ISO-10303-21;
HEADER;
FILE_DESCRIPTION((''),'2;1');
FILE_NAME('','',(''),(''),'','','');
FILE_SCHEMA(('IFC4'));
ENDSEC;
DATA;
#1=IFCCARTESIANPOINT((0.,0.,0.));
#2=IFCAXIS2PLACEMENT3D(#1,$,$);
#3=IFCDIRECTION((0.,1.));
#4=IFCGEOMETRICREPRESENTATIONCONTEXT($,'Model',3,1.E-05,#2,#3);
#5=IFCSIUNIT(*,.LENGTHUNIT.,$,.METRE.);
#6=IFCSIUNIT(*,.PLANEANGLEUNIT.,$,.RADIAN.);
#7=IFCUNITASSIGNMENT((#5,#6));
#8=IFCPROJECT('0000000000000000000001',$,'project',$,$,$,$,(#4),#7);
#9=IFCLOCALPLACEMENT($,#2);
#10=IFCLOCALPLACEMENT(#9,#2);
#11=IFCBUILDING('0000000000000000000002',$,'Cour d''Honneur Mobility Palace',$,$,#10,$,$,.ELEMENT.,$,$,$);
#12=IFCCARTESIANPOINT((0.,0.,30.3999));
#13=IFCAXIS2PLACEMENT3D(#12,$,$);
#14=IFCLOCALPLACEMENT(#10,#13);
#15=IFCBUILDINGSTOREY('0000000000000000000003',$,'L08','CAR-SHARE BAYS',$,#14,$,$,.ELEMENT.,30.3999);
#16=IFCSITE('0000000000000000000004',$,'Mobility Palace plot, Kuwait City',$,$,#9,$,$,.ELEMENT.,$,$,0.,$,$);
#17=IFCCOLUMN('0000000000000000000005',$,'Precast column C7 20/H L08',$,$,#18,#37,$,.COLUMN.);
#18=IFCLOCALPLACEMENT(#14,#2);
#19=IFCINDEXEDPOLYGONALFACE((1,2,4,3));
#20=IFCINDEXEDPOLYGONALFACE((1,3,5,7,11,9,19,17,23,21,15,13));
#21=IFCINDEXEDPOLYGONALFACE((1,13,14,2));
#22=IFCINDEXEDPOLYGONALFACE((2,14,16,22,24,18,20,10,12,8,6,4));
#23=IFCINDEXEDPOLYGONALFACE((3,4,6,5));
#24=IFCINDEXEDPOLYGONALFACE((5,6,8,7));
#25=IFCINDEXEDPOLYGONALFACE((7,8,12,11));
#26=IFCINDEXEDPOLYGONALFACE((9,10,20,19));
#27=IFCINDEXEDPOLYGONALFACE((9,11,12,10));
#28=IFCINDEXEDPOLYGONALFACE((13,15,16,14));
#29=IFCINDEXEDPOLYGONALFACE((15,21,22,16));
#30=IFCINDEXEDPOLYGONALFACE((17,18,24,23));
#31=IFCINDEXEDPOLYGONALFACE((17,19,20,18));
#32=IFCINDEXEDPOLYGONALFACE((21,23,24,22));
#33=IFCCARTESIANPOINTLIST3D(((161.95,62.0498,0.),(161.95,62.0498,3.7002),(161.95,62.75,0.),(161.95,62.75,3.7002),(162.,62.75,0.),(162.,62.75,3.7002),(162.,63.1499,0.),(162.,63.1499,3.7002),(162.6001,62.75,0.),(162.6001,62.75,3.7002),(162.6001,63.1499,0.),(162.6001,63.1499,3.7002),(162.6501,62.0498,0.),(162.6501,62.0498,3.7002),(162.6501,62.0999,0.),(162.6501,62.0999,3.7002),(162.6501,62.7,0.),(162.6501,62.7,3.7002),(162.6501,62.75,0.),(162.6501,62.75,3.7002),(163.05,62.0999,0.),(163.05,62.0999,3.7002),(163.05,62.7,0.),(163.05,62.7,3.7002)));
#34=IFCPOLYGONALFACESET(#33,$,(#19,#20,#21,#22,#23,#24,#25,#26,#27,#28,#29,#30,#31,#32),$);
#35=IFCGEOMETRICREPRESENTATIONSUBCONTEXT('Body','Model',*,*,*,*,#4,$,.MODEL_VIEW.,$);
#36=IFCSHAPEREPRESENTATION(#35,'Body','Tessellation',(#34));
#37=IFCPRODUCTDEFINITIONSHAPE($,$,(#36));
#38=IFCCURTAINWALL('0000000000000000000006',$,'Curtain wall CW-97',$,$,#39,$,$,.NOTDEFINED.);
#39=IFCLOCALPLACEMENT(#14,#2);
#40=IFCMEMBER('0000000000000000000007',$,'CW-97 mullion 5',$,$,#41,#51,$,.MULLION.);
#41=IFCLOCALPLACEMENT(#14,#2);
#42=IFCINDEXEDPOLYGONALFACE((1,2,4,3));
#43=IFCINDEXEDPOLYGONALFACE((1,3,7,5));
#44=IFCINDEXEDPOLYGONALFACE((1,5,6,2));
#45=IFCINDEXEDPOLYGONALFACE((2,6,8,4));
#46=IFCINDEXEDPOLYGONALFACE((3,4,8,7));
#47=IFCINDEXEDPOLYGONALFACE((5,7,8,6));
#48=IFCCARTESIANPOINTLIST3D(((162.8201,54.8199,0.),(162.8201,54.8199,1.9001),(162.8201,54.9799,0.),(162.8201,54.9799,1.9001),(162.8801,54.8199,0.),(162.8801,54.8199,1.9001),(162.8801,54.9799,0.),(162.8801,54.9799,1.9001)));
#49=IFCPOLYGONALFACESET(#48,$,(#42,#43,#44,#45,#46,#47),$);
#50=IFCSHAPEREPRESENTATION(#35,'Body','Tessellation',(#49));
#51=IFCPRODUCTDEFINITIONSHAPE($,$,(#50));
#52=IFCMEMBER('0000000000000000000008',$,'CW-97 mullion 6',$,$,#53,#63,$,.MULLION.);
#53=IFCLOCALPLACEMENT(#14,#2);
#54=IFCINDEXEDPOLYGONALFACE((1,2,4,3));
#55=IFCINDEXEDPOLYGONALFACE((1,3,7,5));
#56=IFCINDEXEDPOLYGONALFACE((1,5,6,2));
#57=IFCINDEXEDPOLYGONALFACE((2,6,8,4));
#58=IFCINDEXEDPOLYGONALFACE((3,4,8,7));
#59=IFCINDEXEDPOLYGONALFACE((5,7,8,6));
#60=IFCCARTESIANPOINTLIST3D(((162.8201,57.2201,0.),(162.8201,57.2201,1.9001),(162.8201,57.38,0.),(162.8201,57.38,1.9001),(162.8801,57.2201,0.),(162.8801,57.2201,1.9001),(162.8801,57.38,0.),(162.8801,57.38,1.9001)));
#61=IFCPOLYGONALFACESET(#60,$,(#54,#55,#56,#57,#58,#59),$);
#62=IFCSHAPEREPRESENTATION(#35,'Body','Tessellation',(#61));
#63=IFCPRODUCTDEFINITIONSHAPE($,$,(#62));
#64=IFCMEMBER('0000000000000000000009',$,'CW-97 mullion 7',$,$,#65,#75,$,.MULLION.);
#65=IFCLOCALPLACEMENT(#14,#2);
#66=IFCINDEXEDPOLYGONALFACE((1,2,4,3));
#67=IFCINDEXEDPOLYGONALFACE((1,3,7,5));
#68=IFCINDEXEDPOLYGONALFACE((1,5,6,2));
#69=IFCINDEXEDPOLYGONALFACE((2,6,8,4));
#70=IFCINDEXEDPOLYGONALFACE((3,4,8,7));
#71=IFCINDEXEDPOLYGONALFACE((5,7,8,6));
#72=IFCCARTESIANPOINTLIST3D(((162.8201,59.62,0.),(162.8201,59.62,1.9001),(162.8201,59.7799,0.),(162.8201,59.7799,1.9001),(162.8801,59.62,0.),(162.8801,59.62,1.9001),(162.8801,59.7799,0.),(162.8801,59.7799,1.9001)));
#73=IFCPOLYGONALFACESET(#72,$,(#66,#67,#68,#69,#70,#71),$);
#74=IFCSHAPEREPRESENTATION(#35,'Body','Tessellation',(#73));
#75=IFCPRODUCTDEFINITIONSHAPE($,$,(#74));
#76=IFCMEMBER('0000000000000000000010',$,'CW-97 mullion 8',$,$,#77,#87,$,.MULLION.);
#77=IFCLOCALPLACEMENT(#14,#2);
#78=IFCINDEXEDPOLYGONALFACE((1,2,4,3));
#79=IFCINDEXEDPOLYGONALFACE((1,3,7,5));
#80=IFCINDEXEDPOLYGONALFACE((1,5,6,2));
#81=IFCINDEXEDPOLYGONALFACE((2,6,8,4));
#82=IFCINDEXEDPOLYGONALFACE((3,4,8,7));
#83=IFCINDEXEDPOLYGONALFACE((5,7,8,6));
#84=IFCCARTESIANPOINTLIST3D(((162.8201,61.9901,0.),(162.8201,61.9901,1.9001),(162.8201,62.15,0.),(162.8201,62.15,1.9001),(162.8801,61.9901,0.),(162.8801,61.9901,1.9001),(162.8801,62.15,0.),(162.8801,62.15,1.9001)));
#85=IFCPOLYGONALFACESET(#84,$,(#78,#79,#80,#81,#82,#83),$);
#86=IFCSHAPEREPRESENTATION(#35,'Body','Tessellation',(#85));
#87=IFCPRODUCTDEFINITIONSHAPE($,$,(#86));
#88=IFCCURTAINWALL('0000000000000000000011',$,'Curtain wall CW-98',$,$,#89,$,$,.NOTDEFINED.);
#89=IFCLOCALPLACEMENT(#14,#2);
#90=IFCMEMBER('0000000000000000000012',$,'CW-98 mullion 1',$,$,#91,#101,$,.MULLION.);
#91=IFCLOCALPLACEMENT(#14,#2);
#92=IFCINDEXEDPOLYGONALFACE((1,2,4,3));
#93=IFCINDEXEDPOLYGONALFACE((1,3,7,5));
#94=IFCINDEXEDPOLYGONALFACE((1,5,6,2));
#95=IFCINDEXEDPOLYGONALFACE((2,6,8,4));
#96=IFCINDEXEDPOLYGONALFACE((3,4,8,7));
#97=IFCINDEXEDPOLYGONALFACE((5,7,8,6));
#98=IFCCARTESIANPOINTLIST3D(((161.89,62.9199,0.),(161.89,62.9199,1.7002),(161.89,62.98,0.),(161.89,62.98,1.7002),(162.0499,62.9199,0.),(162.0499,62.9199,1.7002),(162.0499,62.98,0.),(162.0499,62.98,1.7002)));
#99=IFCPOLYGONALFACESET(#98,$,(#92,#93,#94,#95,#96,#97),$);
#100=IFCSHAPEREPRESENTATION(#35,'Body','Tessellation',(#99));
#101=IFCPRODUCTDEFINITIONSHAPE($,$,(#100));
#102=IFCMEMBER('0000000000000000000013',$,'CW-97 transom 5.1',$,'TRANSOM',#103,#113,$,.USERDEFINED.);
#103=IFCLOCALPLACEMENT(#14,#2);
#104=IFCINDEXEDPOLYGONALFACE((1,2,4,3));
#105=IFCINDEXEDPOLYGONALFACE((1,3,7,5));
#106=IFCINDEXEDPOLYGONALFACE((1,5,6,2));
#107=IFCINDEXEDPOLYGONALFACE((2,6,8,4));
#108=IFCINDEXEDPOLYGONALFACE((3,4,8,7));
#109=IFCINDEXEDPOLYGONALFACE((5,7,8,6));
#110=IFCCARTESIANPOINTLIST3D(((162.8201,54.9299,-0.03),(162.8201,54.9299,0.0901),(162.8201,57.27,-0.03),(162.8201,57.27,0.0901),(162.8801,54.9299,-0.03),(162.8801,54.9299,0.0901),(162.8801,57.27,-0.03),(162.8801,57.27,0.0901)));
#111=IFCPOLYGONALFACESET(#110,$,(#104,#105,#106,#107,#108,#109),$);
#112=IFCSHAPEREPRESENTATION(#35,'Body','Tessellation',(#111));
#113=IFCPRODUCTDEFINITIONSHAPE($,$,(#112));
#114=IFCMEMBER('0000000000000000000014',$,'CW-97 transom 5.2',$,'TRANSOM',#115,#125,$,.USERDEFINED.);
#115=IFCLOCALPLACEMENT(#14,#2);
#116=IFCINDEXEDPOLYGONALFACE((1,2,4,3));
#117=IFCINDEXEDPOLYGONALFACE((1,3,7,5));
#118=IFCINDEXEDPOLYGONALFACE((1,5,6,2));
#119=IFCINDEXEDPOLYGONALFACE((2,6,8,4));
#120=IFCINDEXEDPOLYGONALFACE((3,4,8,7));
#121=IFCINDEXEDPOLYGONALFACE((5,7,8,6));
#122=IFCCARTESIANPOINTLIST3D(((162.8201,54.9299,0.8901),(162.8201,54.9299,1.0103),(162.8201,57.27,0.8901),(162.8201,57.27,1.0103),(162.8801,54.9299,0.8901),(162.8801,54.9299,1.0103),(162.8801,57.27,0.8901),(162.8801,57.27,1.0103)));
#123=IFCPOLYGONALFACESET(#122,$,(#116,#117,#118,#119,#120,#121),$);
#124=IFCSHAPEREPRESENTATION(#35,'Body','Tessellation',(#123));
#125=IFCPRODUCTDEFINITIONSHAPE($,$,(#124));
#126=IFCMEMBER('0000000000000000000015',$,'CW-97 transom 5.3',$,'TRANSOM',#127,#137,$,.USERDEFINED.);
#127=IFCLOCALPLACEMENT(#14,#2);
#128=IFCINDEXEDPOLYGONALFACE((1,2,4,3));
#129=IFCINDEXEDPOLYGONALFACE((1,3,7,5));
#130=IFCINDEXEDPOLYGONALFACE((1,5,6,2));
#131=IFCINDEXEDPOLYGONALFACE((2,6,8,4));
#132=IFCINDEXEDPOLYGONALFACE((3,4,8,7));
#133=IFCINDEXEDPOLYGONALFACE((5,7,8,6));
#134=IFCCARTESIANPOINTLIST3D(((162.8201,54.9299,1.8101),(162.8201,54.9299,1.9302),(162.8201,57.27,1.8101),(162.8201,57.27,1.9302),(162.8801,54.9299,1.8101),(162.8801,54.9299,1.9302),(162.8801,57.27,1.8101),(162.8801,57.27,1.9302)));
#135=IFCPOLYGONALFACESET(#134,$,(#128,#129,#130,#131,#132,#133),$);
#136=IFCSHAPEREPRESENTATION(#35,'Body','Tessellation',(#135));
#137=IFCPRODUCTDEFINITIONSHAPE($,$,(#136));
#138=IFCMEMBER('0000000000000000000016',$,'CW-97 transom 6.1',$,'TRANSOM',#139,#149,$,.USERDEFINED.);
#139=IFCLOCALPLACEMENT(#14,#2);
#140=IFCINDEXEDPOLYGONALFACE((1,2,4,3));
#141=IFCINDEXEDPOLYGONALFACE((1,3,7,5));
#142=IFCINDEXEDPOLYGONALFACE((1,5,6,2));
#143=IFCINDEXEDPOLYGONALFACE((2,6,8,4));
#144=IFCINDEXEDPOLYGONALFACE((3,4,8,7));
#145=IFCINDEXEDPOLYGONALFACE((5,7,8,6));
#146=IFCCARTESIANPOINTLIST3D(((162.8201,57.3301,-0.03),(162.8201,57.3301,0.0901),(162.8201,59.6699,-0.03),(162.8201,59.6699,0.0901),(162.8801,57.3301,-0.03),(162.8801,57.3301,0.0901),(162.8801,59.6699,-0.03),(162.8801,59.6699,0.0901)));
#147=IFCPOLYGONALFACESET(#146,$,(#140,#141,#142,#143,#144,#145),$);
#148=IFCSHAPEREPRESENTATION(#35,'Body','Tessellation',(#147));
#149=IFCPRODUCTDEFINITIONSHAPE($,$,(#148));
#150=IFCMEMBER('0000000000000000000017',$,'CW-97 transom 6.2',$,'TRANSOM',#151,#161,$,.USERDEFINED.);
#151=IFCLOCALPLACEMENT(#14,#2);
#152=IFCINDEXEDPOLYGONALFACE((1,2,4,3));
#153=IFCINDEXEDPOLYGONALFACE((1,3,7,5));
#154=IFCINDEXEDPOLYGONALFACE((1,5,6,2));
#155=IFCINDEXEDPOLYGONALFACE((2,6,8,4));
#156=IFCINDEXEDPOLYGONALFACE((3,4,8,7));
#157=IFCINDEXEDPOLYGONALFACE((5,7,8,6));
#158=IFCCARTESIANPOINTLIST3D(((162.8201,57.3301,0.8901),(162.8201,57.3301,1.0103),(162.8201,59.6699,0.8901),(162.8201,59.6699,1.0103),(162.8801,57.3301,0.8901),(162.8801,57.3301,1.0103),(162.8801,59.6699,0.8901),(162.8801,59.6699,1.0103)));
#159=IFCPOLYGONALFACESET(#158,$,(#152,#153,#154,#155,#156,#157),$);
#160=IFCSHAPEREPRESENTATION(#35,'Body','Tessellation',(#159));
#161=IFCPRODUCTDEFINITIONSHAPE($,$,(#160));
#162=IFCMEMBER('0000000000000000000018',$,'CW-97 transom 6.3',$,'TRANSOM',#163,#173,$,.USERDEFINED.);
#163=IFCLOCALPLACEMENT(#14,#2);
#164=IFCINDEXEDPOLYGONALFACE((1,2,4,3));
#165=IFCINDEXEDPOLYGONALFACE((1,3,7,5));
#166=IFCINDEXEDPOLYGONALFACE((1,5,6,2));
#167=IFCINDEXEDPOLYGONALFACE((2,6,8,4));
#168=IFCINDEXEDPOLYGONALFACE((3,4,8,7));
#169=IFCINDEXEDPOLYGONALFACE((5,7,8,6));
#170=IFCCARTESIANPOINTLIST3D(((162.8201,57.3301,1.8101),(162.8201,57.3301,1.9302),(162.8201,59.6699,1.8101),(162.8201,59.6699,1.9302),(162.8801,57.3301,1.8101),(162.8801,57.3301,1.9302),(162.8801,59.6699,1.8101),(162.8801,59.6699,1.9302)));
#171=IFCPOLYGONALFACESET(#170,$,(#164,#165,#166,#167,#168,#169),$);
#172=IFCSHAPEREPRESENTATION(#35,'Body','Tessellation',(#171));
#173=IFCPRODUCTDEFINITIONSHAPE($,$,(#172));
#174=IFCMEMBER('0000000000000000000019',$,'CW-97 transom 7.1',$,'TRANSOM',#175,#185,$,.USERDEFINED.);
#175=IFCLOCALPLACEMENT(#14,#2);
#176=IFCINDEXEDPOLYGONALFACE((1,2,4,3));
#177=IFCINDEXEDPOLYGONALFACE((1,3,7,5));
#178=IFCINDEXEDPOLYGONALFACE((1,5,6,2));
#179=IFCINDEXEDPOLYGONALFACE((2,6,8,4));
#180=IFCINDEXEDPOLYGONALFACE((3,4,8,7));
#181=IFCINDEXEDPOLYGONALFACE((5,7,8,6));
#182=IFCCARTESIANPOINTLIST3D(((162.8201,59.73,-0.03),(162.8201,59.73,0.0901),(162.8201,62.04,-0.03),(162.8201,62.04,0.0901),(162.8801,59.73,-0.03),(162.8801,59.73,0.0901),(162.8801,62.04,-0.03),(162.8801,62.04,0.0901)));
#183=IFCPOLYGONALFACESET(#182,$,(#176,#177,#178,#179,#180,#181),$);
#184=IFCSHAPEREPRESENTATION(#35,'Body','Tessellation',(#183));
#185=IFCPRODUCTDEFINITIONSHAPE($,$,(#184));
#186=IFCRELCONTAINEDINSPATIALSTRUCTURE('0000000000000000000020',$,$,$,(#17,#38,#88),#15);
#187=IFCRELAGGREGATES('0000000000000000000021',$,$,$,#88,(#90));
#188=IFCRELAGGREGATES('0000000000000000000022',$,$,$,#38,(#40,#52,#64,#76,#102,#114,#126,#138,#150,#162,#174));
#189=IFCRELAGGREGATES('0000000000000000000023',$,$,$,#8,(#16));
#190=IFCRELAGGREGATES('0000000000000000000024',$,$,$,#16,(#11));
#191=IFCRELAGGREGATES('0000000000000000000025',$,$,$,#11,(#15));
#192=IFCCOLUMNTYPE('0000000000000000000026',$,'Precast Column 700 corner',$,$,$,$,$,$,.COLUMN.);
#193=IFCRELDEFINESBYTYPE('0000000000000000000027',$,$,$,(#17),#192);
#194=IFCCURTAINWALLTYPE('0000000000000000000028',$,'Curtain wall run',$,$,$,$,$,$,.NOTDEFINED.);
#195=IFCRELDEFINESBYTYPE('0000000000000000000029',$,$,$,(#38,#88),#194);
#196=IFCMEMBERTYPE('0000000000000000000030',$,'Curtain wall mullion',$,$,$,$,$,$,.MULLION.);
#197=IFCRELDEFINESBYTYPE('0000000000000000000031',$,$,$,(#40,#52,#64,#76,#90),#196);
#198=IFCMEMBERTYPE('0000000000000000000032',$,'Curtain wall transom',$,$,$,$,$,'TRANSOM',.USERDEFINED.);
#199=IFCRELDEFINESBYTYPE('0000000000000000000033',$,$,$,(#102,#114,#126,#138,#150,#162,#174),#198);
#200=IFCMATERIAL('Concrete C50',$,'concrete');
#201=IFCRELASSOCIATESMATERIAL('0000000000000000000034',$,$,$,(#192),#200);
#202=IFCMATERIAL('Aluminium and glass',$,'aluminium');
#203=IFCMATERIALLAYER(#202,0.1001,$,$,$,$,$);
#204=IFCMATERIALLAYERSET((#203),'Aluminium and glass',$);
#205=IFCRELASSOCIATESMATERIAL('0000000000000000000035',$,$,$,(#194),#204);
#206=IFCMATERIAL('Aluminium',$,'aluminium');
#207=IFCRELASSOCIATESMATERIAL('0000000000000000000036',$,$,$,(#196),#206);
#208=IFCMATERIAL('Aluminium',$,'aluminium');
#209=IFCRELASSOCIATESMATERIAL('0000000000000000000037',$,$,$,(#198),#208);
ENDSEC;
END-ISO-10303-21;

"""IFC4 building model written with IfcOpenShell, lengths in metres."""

from ifc_helpers import new_model, si_unit, direction, frame, origin, origin_2d, place, context, subcontext, project, spatial, polyline, rectangle, outline, extrude, material, layer, layer_set, material_profile, profile_set, type_object, element, aggregate, save


model = new_model("IFC4")

# Units and contexts
model_context = context("Model", 3, precision=1e-05, world=origin(), true_north=direction((0.0, 1.0)))
body_context = subcontext(model_context, "Body", "Model", "MODEL_VIEW")
ifc_project = project(units=[si_unit("LENGTHUNIT", "METRE"), si_unit("PLANEANGLEUNIT", "RADIAN")], contexts=[model_context])

# Site, building, storey
site_placement = place(None, origin())
site = spatial("IfcSite", under=ifc_project, at=site_placement, Name="Mobility Palace plot, Kuwait City", CompositionType="ELEMENT", RefElevation=0.0)
building_placement = place(site_placement, origin())
building = spatial("IfcBuilding", under=site, at=building_placement, Name="Cour d'Honneur Mobility Palace", CompositionType="ELEMENT")
storey_placement = place(building_placement, frame((0.0, 0.0, 30.3999)))
storey = spatial("IfcBuildingStorey", under=building, at=storey_placement, Name="L08", Description="CAR-SHARE BAYS", CompositionType="ELEMENT", Elevation=30.3999)

# Column
ifc_material_1 = material(Name="Concrete C50", Category="concrete")
ifc_material_profile_1 = material_profile(ifc_material_1, outline(polyline([(-0.3501, -0.3501), (0.3501, -0.3501), (0.3501, -0.3), (0.75, -0.3), (0.75, 0.3), (0.3501, 0.3), (0.3501, 0.3501), (0.3, 0.3501), (0.3, 0.75), (-0.3, 0.75), (-0.3, 0.3501), (-0.3501, 0.3501), (-0.3501, -0.3501)])), Name="PC C700 corner")
ifc_profile_set_1 = profile_set([ifc_material_profile_1], Name="Concrete C50")
column_type = type_object("IfcColumnType", Name="Precast Column 700 corner", PredefinedType="COLUMN", material=ifc_profile_set_1)
column_placement = place(storey_placement, frame((162.3, 62.3999, 0.0), z_axis=(0.0, 0.0, 1.0), x_axis=(1.0, 0.0, 0.0)))
element("IfcColumn", 1, at=column_placement, inside=storey, type_object=column_type, Name="Precast column C7 20/H L08", PredefinedType="COLUMN", context=body_context, shape_type="SweptSolid", body=[
    extrude(outline(polyline([(-0.3501, -0.3501), (0.3501, -0.3501), (0.3501, -0.3), (0.75, -0.3), (0.75, 0.3), (0.3501, 0.3), (0.3501, 0.3501), (0.3, 0.3501), (0.3, 0.75), (-0.3, 0.75), (-0.3, 0.3501), (-0.3501, 0.3501), (-0.3501, -0.3501)])), origin(), (0.0, 0.0, 1.0), 3.7002),
])

# Curtain wall, members
ifc_material_2 = material(Name="Aluminium and glass", Category="aluminium")
ifc_layer_1 = layer(ifc_material_2, 0.1001)
ifc_layer_set_1 = layer_set([ifc_layer_1], Name="Aluminium and glass")
curtain_wall_type = type_object("IfcCurtainWallType", Name="Curtain wall run", PredefinedType="NOTDEFINED", material=ifc_layer_set_1)
curtain_wall_1_placement = place(storey_placement, origin())
curtain_wall_1 = element("IfcCurtainWall", 2, at=curtain_wall_1_placement, inside=storey, type_object=curtain_wall_type, Name="Curtain wall CW-97", PredefinedType="NOTDEFINED")
ifc_material_3 = material(Name="Aluminium", Category="aluminium")
ifc_material_profile_2 = material_profile(ifc_material_3, rectangle(XDim=0.0601, YDim=0.1599, at=origin_2d()), Name="Curtain wall mullion")
ifc_profile_set_2 = profile_set([ifc_material_profile_2], Name="Aluminium")
member_type_1 = type_object("IfcMemberType", Name="Curtain wall mullion", PredefinedType="MULLION", material=ifc_profile_set_2)
member_1_placement = place(storey_placement, frame((162.8501, 54.8999, 0.0), z_axis=(0.0, 0.0, 1.0), x_axis=(-1.0, 0.0, 0.0)))
member_1 = element("IfcMember", 3, at=member_1_placement, type_object=member_type_1, Name="CW-97 mullion 5", PredefinedType="MULLION", context=body_context, shape_type="SweptSolid", body=[
    extrude(rectangle(XDim=0.0601, YDim=0.1599, at=origin_2d()), origin(), (0.0, 0.0, 1.0), 1.9001),
])
member_2_placement = place(storey_placement, frame((162.8501, 57.3, 0.0), z_axis=(0.0, 0.0, 1.0), x_axis=(-1.0, 0.0, 0.0)))
member_2 = element("IfcMember", 4, at=member_2_placement, type_object=member_type_1, Name="CW-97 mullion 6", PredefinedType="MULLION", context=body_context, shape_type="SweptSolid", body=[
    extrude(rectangle(XDim=0.0601, YDim=0.1599, at=origin_2d()), origin(), (0.0, 0.0, 1.0), 1.9001),
])
member_3_placement = place(storey_placement, frame((162.8501, 59.7, 0.0), z_axis=(0.0, 0.0, 1.0), x_axis=(-1.0, 0.0, 0.0)))
member_3 = element("IfcMember", 5, at=member_3_placement, type_object=member_type_1, Name="CW-97 mullion 7", PredefinedType="MULLION", context=body_context, shape_type="SweptSolid", body=[
    extrude(rectangle(XDim=0.0601, YDim=0.1599, at=origin_2d()), origin(), (0.0, 0.0, 1.0), 1.9001),
])
member_4_placement = place(storey_placement, frame((162.8501, 62.0701, 0.0), z_axis=(0.0, 0.0, 1.0), x_axis=(-1.0, 0.0, 0.0)))
member_4 = element("IfcMember", 6, at=member_4_placement, type_object=member_type_1, Name="CW-97 mullion 8", PredefinedType="MULLION", context=body_context, shape_type="SweptSolid", body=[
    extrude(rectangle(XDim=0.0601, YDim=0.1599, at=origin_2d()), origin(), (0.0, 0.0, 1.0), 1.9001),
])

# Curtain wall, member
curtain_wall_2_placement = place(storey_placement, origin())
curtain_wall_2 = element("IfcCurtainWall", 7, at=curtain_wall_2_placement, inside=storey, type_object=curtain_wall_type, Name="Curtain wall CW-98", PredefinedType="NOTDEFINED")
member_5_placement = place(storey_placement, frame((161.97, 62.95, 0.0), z_axis=(0.0, 0.0, 1.0), x_axis=(0.0, -1.0, 0.0)))
member_5 = element("IfcMember", 8, at=member_5_placement, type_object=member_type_1, Name="CW-98 mullion 1", PredefinedType="MULLION", context=body_context, shape_type="SweptSolid", body=[
    extrude(rectangle(XDim=0.0601, YDim=0.1599, at=origin_2d()), origin(), (0.0, 0.0, 1.0), 1.7002),
])

# Members
ifc_material_4 = material(Name="Aluminium", Category="aluminium")
ifc_material_profile_3 = material_profile(ifc_material_4, rectangle(XDim=0.0601, YDim=0.1201, at=origin_2d()), Name="Curtain wall transom")
ifc_profile_set_3 = profile_set([ifc_material_profile_3], Name="Aluminium")
member_type_2 = type_object("IfcMemberType", Name="Curtain wall transom", ElementType="TRANSOM", PredefinedType="USERDEFINED", material=ifc_profile_set_3)
member_6_placement = place(storey_placement, frame((162.8501, 54.9299, 0.03), z_axis=(0.0, 1.0, 0.0), x_axis=(-1.0, 0.0, 0.0)))
member_6 = element("IfcMember", 9, at=member_6_placement, type_object=member_type_2, Name="CW-97 transom 5.1", ObjectType="TRANSOM", PredefinedType="USERDEFINED", context=body_context, shape_type="SweptSolid", body=[
    extrude(rectangle(XDim=0.0601, YDim=0.1201, at=origin_2d()), origin(), (0.0, 0.0, 1.0), 2.3401),
])
member_7_placement = place(storey_placement, frame((162.8501, 54.9299, 0.9502), z_axis=(0.0, 1.0, 0.0), x_axis=(-1.0, 0.0, 0.0)))
member_7 = element("IfcMember", 10, at=member_7_placement, type_object=member_type_2, Name="CW-97 transom 5.2", ObjectType="TRANSOM", PredefinedType="USERDEFINED", context=body_context, shape_type="SweptSolid", body=[
    extrude(rectangle(XDim=0.0601, YDim=0.1201, at=origin_2d()), origin(), (0.0, 0.0, 1.0), 2.3401),
])
member_8_placement = place(storey_placement, frame((162.8501, 54.9299, 1.8701), z_axis=(0.0, 1.0, 0.0), x_axis=(-1.0, 0.0, 0.0)))
member_8 = element("IfcMember", 11, at=member_8_placement, type_object=member_type_2, Name="CW-97 transom 5.3", ObjectType="TRANSOM", PredefinedType="USERDEFINED", context=body_context, shape_type="SweptSolid", body=[
    extrude(rectangle(XDim=0.0601, YDim=0.1201, at=origin_2d()), origin(), (0.0, 0.0, 1.0), 2.3401),
])
member_9_placement = place(storey_placement, frame((162.8501, 57.3301, 0.03), z_axis=(0.0, 1.0, 0.0), x_axis=(-1.0, 0.0, 0.0)))
member_9 = element("IfcMember", 12, at=member_9_placement, type_object=member_type_2, Name="CW-97 transom 6.1", ObjectType="TRANSOM", PredefinedType="USERDEFINED", context=body_context, shape_type="SweptSolid", body=[
    extrude(rectangle(XDim=0.0601, YDim=0.1201, at=origin_2d()), origin(), (0.0, 0.0, 1.0), 2.3398),
])
member_10_placement = place(storey_placement, frame((162.8501, 57.3301, 0.9502), z_axis=(0.0, 1.0, 0.0), x_axis=(-1.0, 0.0, 0.0)))
member_10 = element("IfcMember", 13, at=member_10_placement, type_object=member_type_2, Name="CW-97 transom 6.2", ObjectType="TRANSOM", PredefinedType="USERDEFINED", context=body_context, shape_type="SweptSolid", body=[
    extrude(rectangle(XDim=0.0601, YDim=0.1201, at=origin_2d()), origin(), (0.0, 0.0, 1.0), 2.3398),
])
member_11_placement = place(storey_placement, frame((162.8501, 57.3301, 1.8701), z_axis=(0.0, 1.0, 0.0), x_axis=(-1.0, 0.0, 0.0)))
member_11 = element("IfcMember", 14, at=member_11_placement, type_object=member_type_2, Name="CW-97 transom 6.3", ObjectType="TRANSOM", PredefinedType="USERDEFINED", context=body_context, shape_type="SweptSolid", body=[
    extrude(rectangle(XDim=0.0601, YDim=0.1201, at=origin_2d()), origin(), (0.0, 0.0, 1.0), 2.3398),
])
member_12_placement = place(storey_placement, frame((162.8501, 59.73, 0.03), z_axis=(0.0, 1.0, 0.0), x_axis=(-1.0, 0.0, 0.0)))
member_12 = element("IfcMember", 15, at=member_12_placement, type_object=member_type_2, Name="CW-97 transom 7.1", ObjectType="TRANSOM", PredefinedType="USERDEFINED", context=body_context, shape_type="SweptSolid", body=[
    extrude(rectangle(XDim=0.0601, YDim=0.1201, at=origin_2d()), origin(), (0.0, 0.0, 1.0), 2.3101),
])
aggregate(curtain_wall_2, [member_5])

aggregate(curtain_wall_1, [member_1, member_2, member_3, member_4, member_6, member_7, member_8, member_9, member_10, member_11, member_12])

save(model, "model.ifc")
